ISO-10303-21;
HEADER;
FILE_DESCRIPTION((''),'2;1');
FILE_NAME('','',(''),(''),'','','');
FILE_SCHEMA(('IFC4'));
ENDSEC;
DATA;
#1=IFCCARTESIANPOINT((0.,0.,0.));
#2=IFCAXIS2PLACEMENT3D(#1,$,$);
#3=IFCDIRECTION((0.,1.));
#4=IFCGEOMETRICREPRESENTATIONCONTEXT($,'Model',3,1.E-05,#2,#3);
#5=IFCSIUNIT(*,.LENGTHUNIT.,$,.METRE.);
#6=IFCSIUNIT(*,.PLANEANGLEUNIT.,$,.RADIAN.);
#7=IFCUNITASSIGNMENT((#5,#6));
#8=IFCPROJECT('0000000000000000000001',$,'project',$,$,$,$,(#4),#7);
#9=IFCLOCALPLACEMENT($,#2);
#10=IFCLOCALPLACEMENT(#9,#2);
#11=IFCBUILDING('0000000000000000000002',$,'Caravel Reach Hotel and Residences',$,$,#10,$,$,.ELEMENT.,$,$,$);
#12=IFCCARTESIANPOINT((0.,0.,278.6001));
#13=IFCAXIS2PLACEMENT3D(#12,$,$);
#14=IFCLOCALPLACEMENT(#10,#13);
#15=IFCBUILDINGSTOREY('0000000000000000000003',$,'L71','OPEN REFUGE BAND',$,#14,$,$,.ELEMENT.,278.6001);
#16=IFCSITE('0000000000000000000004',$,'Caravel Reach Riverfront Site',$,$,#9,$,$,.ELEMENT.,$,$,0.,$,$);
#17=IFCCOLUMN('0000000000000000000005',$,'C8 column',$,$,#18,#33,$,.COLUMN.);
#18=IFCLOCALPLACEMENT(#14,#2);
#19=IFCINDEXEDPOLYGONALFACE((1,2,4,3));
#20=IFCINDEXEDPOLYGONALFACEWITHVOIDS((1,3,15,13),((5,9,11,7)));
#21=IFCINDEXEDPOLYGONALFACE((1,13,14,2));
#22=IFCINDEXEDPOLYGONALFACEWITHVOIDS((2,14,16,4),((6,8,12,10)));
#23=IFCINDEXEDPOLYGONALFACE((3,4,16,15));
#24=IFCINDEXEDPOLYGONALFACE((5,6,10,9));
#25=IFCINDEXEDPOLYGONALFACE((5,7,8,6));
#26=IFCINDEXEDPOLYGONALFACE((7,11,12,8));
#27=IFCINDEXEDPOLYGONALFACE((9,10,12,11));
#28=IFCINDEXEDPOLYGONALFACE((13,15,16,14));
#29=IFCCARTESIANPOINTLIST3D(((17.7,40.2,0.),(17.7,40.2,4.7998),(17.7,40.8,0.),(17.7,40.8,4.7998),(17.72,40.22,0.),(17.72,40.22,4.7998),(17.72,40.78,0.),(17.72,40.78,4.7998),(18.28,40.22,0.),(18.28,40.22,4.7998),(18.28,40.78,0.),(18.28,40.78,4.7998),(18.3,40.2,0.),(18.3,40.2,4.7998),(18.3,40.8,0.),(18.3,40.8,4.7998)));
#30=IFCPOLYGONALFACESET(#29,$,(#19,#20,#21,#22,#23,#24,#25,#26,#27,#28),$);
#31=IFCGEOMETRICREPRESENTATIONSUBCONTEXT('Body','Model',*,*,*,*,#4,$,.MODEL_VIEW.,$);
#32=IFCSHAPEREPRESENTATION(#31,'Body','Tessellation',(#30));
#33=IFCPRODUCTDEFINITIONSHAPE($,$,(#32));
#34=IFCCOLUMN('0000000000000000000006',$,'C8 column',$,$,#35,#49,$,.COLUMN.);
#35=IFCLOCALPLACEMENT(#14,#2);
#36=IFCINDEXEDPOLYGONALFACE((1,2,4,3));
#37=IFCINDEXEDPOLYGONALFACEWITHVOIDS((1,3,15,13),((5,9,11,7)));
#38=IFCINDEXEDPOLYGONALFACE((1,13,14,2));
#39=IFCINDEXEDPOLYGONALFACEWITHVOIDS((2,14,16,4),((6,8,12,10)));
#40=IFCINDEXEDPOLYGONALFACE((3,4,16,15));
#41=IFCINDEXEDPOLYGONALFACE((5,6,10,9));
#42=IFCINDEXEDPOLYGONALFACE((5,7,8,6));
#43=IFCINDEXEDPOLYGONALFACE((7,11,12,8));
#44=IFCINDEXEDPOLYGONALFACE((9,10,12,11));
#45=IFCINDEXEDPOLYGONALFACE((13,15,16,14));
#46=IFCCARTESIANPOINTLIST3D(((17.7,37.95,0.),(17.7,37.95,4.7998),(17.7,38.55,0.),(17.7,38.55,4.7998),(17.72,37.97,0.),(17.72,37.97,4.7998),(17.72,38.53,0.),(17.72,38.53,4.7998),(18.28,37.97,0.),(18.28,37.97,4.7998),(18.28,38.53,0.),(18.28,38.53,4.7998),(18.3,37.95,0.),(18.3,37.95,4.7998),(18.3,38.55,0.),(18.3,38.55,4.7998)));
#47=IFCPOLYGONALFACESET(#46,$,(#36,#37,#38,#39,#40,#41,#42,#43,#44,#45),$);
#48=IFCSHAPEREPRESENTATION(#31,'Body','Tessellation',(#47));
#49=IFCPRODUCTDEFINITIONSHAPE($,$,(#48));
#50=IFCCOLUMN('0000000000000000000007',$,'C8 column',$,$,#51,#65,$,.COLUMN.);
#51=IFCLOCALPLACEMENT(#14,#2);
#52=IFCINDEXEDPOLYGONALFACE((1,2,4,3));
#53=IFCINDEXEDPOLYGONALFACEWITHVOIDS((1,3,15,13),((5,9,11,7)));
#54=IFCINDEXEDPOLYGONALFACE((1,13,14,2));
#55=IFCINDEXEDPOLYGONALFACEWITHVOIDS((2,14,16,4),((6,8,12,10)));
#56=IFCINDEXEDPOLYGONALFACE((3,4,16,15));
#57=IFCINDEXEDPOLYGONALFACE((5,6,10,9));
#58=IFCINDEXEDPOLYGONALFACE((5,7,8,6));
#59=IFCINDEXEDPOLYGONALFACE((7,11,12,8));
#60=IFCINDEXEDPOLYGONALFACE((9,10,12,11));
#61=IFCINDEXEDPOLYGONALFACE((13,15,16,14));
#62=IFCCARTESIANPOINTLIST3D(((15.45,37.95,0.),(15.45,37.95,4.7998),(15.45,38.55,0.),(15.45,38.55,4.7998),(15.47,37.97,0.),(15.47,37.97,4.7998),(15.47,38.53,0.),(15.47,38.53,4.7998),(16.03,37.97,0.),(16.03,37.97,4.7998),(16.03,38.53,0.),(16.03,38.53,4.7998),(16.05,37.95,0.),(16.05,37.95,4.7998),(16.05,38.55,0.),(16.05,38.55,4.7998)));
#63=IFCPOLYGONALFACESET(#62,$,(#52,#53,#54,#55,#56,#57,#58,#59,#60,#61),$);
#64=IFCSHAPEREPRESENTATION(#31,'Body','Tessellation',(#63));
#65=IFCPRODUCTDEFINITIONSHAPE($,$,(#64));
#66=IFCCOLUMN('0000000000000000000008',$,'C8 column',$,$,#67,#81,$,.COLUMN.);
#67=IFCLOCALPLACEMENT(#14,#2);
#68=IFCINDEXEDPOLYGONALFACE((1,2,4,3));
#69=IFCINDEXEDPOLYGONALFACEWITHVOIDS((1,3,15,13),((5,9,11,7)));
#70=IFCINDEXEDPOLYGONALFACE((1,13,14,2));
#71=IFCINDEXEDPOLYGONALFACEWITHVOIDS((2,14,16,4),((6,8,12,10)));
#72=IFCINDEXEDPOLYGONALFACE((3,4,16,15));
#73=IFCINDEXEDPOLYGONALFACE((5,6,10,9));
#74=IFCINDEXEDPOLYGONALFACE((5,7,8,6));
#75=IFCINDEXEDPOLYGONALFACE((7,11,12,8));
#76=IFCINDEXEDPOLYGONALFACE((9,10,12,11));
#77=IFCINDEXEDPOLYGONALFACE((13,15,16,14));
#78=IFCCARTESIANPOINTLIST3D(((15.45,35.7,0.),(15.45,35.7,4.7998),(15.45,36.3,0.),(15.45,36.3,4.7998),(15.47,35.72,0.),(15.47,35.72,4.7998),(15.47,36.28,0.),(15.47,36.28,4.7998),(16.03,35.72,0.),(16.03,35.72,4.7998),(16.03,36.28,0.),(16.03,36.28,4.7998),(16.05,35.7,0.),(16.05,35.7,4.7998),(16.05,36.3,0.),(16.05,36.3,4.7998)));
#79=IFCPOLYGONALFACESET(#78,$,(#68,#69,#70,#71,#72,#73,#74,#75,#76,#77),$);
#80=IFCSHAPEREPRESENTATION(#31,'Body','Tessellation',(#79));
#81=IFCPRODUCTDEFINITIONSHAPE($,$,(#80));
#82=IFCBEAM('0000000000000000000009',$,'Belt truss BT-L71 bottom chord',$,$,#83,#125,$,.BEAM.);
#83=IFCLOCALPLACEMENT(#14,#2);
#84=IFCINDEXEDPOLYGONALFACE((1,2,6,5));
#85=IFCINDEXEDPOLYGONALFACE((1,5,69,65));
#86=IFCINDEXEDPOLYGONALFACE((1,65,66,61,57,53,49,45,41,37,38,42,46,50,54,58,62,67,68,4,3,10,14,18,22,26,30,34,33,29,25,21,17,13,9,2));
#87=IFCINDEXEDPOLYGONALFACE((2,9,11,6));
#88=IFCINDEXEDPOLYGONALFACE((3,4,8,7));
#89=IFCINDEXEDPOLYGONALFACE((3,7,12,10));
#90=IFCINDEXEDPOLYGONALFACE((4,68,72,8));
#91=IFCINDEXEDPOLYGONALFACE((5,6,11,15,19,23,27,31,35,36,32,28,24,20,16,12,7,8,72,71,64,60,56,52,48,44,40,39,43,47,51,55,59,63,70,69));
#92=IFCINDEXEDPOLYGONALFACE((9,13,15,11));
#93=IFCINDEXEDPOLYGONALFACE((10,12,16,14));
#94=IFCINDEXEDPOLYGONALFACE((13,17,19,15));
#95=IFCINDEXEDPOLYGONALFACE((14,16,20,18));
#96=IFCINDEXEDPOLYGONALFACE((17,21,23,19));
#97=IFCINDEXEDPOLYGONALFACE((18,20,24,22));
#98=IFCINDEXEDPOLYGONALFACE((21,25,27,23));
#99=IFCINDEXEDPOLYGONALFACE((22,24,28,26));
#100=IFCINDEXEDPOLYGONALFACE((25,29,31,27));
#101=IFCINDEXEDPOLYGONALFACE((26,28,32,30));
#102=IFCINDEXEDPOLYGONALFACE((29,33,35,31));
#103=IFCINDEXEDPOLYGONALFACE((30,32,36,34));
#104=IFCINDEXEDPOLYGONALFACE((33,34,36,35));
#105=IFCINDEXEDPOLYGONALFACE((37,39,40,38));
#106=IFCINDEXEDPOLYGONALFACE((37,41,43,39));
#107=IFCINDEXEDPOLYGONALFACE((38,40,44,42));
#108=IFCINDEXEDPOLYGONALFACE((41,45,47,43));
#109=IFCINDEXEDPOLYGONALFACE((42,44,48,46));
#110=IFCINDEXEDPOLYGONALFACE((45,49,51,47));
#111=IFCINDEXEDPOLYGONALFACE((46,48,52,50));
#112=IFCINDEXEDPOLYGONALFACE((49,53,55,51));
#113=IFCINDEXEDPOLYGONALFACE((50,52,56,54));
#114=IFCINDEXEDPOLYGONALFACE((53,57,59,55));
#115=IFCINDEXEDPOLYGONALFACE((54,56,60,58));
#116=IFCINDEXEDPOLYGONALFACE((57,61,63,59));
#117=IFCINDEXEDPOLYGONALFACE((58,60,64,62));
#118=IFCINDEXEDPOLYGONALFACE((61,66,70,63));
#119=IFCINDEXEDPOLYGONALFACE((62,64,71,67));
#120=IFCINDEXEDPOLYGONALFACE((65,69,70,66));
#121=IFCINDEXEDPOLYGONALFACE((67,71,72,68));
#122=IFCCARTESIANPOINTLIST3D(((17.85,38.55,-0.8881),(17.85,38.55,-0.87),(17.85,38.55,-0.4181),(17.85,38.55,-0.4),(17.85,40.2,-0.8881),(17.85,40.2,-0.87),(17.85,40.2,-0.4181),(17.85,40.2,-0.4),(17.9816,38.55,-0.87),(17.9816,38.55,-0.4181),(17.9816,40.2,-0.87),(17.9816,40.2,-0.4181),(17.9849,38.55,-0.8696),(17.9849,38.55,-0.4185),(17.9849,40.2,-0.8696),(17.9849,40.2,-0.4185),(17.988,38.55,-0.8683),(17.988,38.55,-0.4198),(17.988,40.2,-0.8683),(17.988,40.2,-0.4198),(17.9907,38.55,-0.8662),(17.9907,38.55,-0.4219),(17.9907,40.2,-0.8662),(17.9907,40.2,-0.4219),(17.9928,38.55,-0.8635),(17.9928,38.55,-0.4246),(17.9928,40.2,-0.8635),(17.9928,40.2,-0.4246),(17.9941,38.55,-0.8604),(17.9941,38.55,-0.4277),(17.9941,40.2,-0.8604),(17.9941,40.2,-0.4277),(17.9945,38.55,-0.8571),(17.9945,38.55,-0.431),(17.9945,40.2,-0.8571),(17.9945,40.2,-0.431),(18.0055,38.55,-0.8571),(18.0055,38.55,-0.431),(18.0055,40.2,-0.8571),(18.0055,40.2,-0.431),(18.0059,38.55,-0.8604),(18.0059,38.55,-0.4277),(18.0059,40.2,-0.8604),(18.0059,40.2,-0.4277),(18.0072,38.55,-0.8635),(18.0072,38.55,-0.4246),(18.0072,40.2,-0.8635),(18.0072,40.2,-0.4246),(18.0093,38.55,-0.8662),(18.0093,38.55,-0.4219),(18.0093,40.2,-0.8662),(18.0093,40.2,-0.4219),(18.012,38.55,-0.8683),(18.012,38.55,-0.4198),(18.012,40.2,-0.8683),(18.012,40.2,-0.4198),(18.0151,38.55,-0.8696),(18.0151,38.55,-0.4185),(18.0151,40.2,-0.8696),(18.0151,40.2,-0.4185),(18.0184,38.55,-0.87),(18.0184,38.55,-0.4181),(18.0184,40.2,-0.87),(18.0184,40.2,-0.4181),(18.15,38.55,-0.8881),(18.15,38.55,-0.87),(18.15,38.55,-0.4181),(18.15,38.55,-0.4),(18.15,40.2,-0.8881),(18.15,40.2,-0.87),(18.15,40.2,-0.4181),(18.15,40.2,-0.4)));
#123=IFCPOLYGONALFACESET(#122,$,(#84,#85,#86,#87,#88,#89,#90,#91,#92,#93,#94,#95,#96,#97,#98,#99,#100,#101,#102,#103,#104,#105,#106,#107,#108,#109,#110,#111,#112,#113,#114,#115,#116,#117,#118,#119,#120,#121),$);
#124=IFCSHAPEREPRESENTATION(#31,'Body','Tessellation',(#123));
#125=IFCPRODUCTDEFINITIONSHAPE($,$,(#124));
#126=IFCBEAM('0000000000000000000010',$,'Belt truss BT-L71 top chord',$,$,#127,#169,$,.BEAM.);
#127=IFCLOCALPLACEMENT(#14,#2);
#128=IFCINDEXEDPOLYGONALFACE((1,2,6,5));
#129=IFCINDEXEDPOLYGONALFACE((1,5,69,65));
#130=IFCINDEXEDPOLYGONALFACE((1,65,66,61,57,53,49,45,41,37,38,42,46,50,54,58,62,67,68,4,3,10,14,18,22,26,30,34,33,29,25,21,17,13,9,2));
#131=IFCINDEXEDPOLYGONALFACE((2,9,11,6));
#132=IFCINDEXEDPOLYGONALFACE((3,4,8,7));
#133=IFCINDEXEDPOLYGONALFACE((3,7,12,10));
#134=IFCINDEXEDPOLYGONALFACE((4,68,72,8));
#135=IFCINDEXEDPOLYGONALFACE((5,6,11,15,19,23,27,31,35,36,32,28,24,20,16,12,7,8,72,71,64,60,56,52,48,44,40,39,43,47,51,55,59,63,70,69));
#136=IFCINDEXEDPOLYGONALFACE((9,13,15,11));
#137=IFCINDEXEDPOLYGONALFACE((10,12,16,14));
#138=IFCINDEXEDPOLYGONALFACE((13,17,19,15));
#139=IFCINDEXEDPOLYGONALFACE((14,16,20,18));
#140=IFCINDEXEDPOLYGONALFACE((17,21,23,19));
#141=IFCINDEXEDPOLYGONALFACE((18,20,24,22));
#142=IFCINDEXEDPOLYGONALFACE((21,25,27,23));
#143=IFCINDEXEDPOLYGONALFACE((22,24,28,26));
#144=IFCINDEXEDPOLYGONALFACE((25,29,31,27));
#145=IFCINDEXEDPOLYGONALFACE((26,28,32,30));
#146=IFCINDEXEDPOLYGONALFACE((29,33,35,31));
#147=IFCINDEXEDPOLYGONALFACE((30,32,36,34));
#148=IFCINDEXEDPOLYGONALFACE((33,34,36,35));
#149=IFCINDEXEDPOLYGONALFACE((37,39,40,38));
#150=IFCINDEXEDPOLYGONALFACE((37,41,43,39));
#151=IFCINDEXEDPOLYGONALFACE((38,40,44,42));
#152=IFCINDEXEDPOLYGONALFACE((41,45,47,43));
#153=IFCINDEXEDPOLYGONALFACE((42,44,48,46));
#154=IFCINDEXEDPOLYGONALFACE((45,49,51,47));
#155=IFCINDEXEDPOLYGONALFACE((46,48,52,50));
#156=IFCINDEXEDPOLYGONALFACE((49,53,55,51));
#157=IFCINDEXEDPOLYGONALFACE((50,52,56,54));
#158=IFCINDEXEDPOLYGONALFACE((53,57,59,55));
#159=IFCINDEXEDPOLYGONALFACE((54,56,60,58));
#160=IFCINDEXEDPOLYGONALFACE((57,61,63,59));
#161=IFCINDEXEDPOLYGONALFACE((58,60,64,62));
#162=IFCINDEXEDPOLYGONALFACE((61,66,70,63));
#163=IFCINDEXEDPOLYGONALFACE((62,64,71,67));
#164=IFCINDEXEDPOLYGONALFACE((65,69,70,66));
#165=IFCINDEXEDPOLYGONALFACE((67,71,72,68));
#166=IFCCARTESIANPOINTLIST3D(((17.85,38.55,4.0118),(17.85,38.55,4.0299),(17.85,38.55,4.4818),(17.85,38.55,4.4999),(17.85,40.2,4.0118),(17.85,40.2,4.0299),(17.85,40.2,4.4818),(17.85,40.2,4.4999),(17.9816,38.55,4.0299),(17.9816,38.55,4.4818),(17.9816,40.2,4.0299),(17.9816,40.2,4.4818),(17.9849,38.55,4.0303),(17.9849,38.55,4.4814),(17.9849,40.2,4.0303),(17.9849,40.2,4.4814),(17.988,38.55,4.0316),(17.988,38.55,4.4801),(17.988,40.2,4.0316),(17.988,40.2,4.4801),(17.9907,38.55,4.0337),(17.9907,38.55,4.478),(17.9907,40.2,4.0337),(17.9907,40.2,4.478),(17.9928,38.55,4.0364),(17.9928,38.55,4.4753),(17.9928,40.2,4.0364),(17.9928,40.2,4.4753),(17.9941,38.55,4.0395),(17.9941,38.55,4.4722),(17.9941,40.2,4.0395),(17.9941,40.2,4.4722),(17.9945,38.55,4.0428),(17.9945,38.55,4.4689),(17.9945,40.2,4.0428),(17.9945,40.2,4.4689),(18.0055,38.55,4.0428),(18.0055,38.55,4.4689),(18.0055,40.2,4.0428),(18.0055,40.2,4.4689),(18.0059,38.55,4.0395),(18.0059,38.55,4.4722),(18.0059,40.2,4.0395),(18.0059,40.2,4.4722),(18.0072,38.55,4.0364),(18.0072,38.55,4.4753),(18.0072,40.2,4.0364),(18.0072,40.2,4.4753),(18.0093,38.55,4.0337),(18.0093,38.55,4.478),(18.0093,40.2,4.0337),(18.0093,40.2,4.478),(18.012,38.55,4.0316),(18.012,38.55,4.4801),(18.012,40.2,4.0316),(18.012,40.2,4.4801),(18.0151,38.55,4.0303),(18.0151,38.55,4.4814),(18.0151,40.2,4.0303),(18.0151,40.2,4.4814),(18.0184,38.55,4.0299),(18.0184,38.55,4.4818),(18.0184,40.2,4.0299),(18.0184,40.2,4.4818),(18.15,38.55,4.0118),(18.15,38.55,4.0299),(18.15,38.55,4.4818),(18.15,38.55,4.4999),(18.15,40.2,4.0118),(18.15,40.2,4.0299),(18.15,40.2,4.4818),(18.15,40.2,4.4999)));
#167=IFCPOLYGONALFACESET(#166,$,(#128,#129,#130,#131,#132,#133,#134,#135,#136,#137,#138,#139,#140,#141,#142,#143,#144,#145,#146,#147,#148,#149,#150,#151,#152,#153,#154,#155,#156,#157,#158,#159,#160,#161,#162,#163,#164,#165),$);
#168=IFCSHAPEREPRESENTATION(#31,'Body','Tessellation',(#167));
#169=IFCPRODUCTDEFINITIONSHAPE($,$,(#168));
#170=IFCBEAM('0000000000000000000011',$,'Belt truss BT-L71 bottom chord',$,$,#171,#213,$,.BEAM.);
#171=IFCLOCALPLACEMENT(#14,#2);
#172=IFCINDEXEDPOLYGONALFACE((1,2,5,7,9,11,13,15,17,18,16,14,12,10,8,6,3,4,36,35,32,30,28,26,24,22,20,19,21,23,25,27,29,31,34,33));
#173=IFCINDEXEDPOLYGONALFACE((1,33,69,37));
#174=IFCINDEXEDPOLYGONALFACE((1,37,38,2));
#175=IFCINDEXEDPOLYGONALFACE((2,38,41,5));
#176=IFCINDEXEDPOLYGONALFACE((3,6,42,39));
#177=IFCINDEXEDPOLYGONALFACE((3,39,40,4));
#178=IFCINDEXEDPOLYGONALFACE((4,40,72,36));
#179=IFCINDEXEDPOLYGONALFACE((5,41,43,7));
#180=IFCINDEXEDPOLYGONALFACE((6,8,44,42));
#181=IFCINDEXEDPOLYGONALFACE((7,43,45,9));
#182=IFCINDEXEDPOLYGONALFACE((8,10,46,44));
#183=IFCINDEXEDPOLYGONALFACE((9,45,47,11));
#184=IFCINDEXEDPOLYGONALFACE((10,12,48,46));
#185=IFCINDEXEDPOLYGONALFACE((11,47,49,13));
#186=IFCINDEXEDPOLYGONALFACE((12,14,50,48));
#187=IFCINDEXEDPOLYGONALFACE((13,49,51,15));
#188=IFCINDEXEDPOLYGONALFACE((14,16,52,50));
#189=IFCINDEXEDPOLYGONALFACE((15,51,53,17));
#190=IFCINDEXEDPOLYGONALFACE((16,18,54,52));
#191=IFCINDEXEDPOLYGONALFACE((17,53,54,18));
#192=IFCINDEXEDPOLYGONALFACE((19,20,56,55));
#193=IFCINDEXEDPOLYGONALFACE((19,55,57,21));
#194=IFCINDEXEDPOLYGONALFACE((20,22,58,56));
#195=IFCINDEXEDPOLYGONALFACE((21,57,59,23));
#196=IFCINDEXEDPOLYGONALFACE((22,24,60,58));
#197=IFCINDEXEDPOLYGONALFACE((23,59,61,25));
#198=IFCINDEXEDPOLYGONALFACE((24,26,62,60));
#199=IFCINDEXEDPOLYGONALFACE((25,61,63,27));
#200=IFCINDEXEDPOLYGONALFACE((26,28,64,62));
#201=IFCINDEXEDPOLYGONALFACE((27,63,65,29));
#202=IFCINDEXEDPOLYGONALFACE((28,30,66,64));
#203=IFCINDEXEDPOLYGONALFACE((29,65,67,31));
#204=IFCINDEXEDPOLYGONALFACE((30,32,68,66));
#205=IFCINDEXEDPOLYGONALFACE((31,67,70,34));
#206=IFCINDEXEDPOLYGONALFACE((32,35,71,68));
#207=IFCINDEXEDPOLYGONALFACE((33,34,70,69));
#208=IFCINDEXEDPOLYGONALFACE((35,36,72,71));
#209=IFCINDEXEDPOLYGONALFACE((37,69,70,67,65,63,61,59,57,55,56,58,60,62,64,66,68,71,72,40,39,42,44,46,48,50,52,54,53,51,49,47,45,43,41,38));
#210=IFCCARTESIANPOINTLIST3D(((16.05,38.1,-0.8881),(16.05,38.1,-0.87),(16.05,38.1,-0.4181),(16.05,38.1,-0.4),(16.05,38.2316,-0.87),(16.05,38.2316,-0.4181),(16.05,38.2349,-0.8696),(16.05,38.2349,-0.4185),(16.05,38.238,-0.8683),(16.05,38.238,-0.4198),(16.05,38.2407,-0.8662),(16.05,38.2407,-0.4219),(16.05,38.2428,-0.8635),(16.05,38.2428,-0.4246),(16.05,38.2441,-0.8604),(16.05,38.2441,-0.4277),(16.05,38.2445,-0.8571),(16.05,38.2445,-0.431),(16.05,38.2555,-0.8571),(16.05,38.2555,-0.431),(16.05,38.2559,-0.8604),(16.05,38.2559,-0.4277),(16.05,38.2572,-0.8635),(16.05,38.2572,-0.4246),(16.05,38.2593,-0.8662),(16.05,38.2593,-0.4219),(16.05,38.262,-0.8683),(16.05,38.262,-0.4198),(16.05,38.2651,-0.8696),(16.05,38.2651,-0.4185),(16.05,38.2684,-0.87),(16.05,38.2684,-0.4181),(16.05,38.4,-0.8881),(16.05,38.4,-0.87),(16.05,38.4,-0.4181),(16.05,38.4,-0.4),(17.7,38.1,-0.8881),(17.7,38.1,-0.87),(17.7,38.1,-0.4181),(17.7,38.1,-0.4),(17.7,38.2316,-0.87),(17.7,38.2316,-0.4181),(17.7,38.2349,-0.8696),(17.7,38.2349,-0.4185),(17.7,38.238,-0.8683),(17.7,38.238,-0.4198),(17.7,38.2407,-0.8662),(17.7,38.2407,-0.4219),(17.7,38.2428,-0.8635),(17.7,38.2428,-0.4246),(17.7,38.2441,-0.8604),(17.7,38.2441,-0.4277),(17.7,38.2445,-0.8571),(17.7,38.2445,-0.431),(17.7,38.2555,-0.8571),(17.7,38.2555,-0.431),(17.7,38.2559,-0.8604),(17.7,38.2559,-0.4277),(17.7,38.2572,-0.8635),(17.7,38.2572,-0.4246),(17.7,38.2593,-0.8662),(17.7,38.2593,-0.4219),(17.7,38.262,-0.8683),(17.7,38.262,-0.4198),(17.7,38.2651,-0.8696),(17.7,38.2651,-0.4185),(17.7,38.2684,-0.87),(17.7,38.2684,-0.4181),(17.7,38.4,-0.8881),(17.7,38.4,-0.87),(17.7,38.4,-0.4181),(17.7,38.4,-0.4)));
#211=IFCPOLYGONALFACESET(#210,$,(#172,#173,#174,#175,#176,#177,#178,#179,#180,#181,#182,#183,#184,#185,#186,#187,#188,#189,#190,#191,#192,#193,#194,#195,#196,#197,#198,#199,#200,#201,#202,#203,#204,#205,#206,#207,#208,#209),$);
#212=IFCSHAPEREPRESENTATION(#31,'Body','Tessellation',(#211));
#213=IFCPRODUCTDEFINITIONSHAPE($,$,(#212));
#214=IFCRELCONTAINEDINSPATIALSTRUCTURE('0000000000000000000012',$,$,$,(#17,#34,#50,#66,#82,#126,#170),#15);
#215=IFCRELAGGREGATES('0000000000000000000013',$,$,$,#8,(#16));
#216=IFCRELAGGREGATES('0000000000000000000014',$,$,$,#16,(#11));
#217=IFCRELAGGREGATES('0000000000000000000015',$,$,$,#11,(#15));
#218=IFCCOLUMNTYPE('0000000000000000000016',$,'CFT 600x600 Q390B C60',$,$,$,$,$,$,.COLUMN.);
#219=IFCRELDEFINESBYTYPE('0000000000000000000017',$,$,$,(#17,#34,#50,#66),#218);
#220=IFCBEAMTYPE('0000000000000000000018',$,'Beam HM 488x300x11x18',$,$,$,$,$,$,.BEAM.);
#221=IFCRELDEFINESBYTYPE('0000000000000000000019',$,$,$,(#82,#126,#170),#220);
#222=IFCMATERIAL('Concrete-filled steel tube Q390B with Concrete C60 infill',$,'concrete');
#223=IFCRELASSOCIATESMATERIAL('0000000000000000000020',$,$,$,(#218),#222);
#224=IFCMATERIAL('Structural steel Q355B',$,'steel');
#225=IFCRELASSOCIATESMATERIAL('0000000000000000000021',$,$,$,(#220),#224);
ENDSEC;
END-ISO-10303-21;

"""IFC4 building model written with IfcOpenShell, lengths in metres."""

from ifc_helpers import new_model, si_unit, direction, frame, origin, origin_2d, place, context, subcontext, project, spatial, hollow_rectangle, i_section, extrude, material, material_profile, profile_set, type_object, element, save


model = new_model("IFC4")

# Units and contexts
model_context = context("Model", 3, precision=1e-05, world=origin(), true_north=direction((0.0, 1.0)))
body_context = subcontext(model_context, "Body", "Model", "MODEL_VIEW")
ifc_project = project(units=[si_unit("LENGTHUNIT", "METRE"), si_unit("PLANEANGLEUNIT", "RADIAN")], contexts=[model_context])

# Site, building, storey
site_placement = place(None, origin())
site = spatial("IfcSite", under=ifc_project, at=site_placement, Name="Caravel Reach Riverfront Site", CompositionType="ELEMENT", RefElevation=0.0)
building_placement = place(site_placement, origin())
building = spatial("IfcBuilding", under=site, at=building_placement, Name="Caravel Reach Hotel and Residences", CompositionType="ELEMENT")
storey_placement = place(building_placement, frame((0.0, 0.0, 278.6001)))
storey = spatial("IfcBuildingStorey", under=building, at=storey_placement, Name="L71", Description="OPEN REFUGE BAND", CompositionType="ELEMENT", Elevation=278.6001)

# Columns
ifc_material_1 = material(Name="Concrete-filled steel tube Q390B with Concrete C60 infill", Category="concrete")
ifc_material_profile_1 = material_profile(ifc_material_1, hollow_rectangle(XDim=0.6001, YDim=0.6001, WallThickness=0.02, at=origin_2d()), Name="RHS 600x600x20")
ifc_profile_set_1 = profile_set([ifc_material_profile_1], Name="Concrete-filled steel tube Q390B with Concrete C60 infill")
column_type = type_object("IfcColumnType", Name="CFT 600x600 Q390B C60", PredefinedType="COLUMN", material=ifc_profile_set_1)
for number, where, z_axis, x_axis, name in (
    (1, (18.0, 40.5, 0.0), (0.0, 0.0, 1.0), (1.0, 0.0, 0.0), "C8 column"),
    (2, (18.0, 38.25, 0.0), (0.0, 0.0, 1.0), (1.0, 0.0, 0.0), "C8 column"),
    (3, (15.75, 38.25, 0.0), (0.0, 0.0, 1.0), (1.0, 0.0, 0.0), "C8 column"),
    (4, (15.75, 36.0, 0.0), (0.0, 0.0, 1.0), (1.0, 0.0, 0.0), "C8 column"),
):
    element("IfcColumn", number, at=place(storey_placement, frame(where, z_axis=z_axis, x_axis=x_axis)), inside=storey, type_object=column_type, Name=name, PredefinedType="COLUMN", context=body_context, shape_type="SweptSolid", body=[
        extrude(hollow_rectangle(XDim=0.6001, YDim=0.6001, WallThickness=0.02, at=origin_2d()), origin(), (0.0, 0.0, 1.0), 4.7998),
    ])

# Beams
ifc_material_2 = material(Name="Structural steel Q355B", Category="steel")
ifc_material_profile_2 = material_profile(ifc_material_2, i_section(OverallWidth=0.3, OverallDepth=0.488, WebThickness=0.011, FlangeThickness=0.0181, FilletRadius=0.0129, at=origin_2d()), Name="HM 488x300x11x18")
ifc_profile_set_2 = profile_set([ifc_material_profile_2], Name="Structural steel Q355B")
beam_type = type_object("IfcBeamType", Name="Beam HM 488x300x11x18", PredefinedType="BEAM", material=ifc_profile_set_2)
for number, where, z_axis, x_axis, name in (
    (5, (18.0, 40.2, -0.644), (0.0, -1.0, 0.0), (1.0, 0.0, 0.0), "Belt truss BT-L71 bottom chord"),
    (6, (18.0, 40.2, 4.2559), (0.0, -1.0, 0.0), (1.0, 0.0, 0.0), "Belt truss BT-L71 top chord"),
    (7, (17.7, 38.25, -0.644), (-1.0, 0.0, 0.0), (0.0, -1.0, 0.0), "Belt truss BT-L71 bottom chord"),
):
    element("IfcBeam", number, at=place(storey_placement, frame(where, z_axis=z_axis, x_axis=x_axis)), inside=storey, type_object=beam_type, Name=name, PredefinedType="BEAM", context=body_context, shape_type="SweptSolid", body=[
        extrude(i_section(OverallWidth=0.3, OverallDepth=0.488, WebThickness=0.011, FlangeThickness=0.0181, FilletRadius=0.0129, at=origin_2d()), origin(), (0.0, 0.0, 1.0), 1.6499),
    ])

save(model, "model.ifc")
